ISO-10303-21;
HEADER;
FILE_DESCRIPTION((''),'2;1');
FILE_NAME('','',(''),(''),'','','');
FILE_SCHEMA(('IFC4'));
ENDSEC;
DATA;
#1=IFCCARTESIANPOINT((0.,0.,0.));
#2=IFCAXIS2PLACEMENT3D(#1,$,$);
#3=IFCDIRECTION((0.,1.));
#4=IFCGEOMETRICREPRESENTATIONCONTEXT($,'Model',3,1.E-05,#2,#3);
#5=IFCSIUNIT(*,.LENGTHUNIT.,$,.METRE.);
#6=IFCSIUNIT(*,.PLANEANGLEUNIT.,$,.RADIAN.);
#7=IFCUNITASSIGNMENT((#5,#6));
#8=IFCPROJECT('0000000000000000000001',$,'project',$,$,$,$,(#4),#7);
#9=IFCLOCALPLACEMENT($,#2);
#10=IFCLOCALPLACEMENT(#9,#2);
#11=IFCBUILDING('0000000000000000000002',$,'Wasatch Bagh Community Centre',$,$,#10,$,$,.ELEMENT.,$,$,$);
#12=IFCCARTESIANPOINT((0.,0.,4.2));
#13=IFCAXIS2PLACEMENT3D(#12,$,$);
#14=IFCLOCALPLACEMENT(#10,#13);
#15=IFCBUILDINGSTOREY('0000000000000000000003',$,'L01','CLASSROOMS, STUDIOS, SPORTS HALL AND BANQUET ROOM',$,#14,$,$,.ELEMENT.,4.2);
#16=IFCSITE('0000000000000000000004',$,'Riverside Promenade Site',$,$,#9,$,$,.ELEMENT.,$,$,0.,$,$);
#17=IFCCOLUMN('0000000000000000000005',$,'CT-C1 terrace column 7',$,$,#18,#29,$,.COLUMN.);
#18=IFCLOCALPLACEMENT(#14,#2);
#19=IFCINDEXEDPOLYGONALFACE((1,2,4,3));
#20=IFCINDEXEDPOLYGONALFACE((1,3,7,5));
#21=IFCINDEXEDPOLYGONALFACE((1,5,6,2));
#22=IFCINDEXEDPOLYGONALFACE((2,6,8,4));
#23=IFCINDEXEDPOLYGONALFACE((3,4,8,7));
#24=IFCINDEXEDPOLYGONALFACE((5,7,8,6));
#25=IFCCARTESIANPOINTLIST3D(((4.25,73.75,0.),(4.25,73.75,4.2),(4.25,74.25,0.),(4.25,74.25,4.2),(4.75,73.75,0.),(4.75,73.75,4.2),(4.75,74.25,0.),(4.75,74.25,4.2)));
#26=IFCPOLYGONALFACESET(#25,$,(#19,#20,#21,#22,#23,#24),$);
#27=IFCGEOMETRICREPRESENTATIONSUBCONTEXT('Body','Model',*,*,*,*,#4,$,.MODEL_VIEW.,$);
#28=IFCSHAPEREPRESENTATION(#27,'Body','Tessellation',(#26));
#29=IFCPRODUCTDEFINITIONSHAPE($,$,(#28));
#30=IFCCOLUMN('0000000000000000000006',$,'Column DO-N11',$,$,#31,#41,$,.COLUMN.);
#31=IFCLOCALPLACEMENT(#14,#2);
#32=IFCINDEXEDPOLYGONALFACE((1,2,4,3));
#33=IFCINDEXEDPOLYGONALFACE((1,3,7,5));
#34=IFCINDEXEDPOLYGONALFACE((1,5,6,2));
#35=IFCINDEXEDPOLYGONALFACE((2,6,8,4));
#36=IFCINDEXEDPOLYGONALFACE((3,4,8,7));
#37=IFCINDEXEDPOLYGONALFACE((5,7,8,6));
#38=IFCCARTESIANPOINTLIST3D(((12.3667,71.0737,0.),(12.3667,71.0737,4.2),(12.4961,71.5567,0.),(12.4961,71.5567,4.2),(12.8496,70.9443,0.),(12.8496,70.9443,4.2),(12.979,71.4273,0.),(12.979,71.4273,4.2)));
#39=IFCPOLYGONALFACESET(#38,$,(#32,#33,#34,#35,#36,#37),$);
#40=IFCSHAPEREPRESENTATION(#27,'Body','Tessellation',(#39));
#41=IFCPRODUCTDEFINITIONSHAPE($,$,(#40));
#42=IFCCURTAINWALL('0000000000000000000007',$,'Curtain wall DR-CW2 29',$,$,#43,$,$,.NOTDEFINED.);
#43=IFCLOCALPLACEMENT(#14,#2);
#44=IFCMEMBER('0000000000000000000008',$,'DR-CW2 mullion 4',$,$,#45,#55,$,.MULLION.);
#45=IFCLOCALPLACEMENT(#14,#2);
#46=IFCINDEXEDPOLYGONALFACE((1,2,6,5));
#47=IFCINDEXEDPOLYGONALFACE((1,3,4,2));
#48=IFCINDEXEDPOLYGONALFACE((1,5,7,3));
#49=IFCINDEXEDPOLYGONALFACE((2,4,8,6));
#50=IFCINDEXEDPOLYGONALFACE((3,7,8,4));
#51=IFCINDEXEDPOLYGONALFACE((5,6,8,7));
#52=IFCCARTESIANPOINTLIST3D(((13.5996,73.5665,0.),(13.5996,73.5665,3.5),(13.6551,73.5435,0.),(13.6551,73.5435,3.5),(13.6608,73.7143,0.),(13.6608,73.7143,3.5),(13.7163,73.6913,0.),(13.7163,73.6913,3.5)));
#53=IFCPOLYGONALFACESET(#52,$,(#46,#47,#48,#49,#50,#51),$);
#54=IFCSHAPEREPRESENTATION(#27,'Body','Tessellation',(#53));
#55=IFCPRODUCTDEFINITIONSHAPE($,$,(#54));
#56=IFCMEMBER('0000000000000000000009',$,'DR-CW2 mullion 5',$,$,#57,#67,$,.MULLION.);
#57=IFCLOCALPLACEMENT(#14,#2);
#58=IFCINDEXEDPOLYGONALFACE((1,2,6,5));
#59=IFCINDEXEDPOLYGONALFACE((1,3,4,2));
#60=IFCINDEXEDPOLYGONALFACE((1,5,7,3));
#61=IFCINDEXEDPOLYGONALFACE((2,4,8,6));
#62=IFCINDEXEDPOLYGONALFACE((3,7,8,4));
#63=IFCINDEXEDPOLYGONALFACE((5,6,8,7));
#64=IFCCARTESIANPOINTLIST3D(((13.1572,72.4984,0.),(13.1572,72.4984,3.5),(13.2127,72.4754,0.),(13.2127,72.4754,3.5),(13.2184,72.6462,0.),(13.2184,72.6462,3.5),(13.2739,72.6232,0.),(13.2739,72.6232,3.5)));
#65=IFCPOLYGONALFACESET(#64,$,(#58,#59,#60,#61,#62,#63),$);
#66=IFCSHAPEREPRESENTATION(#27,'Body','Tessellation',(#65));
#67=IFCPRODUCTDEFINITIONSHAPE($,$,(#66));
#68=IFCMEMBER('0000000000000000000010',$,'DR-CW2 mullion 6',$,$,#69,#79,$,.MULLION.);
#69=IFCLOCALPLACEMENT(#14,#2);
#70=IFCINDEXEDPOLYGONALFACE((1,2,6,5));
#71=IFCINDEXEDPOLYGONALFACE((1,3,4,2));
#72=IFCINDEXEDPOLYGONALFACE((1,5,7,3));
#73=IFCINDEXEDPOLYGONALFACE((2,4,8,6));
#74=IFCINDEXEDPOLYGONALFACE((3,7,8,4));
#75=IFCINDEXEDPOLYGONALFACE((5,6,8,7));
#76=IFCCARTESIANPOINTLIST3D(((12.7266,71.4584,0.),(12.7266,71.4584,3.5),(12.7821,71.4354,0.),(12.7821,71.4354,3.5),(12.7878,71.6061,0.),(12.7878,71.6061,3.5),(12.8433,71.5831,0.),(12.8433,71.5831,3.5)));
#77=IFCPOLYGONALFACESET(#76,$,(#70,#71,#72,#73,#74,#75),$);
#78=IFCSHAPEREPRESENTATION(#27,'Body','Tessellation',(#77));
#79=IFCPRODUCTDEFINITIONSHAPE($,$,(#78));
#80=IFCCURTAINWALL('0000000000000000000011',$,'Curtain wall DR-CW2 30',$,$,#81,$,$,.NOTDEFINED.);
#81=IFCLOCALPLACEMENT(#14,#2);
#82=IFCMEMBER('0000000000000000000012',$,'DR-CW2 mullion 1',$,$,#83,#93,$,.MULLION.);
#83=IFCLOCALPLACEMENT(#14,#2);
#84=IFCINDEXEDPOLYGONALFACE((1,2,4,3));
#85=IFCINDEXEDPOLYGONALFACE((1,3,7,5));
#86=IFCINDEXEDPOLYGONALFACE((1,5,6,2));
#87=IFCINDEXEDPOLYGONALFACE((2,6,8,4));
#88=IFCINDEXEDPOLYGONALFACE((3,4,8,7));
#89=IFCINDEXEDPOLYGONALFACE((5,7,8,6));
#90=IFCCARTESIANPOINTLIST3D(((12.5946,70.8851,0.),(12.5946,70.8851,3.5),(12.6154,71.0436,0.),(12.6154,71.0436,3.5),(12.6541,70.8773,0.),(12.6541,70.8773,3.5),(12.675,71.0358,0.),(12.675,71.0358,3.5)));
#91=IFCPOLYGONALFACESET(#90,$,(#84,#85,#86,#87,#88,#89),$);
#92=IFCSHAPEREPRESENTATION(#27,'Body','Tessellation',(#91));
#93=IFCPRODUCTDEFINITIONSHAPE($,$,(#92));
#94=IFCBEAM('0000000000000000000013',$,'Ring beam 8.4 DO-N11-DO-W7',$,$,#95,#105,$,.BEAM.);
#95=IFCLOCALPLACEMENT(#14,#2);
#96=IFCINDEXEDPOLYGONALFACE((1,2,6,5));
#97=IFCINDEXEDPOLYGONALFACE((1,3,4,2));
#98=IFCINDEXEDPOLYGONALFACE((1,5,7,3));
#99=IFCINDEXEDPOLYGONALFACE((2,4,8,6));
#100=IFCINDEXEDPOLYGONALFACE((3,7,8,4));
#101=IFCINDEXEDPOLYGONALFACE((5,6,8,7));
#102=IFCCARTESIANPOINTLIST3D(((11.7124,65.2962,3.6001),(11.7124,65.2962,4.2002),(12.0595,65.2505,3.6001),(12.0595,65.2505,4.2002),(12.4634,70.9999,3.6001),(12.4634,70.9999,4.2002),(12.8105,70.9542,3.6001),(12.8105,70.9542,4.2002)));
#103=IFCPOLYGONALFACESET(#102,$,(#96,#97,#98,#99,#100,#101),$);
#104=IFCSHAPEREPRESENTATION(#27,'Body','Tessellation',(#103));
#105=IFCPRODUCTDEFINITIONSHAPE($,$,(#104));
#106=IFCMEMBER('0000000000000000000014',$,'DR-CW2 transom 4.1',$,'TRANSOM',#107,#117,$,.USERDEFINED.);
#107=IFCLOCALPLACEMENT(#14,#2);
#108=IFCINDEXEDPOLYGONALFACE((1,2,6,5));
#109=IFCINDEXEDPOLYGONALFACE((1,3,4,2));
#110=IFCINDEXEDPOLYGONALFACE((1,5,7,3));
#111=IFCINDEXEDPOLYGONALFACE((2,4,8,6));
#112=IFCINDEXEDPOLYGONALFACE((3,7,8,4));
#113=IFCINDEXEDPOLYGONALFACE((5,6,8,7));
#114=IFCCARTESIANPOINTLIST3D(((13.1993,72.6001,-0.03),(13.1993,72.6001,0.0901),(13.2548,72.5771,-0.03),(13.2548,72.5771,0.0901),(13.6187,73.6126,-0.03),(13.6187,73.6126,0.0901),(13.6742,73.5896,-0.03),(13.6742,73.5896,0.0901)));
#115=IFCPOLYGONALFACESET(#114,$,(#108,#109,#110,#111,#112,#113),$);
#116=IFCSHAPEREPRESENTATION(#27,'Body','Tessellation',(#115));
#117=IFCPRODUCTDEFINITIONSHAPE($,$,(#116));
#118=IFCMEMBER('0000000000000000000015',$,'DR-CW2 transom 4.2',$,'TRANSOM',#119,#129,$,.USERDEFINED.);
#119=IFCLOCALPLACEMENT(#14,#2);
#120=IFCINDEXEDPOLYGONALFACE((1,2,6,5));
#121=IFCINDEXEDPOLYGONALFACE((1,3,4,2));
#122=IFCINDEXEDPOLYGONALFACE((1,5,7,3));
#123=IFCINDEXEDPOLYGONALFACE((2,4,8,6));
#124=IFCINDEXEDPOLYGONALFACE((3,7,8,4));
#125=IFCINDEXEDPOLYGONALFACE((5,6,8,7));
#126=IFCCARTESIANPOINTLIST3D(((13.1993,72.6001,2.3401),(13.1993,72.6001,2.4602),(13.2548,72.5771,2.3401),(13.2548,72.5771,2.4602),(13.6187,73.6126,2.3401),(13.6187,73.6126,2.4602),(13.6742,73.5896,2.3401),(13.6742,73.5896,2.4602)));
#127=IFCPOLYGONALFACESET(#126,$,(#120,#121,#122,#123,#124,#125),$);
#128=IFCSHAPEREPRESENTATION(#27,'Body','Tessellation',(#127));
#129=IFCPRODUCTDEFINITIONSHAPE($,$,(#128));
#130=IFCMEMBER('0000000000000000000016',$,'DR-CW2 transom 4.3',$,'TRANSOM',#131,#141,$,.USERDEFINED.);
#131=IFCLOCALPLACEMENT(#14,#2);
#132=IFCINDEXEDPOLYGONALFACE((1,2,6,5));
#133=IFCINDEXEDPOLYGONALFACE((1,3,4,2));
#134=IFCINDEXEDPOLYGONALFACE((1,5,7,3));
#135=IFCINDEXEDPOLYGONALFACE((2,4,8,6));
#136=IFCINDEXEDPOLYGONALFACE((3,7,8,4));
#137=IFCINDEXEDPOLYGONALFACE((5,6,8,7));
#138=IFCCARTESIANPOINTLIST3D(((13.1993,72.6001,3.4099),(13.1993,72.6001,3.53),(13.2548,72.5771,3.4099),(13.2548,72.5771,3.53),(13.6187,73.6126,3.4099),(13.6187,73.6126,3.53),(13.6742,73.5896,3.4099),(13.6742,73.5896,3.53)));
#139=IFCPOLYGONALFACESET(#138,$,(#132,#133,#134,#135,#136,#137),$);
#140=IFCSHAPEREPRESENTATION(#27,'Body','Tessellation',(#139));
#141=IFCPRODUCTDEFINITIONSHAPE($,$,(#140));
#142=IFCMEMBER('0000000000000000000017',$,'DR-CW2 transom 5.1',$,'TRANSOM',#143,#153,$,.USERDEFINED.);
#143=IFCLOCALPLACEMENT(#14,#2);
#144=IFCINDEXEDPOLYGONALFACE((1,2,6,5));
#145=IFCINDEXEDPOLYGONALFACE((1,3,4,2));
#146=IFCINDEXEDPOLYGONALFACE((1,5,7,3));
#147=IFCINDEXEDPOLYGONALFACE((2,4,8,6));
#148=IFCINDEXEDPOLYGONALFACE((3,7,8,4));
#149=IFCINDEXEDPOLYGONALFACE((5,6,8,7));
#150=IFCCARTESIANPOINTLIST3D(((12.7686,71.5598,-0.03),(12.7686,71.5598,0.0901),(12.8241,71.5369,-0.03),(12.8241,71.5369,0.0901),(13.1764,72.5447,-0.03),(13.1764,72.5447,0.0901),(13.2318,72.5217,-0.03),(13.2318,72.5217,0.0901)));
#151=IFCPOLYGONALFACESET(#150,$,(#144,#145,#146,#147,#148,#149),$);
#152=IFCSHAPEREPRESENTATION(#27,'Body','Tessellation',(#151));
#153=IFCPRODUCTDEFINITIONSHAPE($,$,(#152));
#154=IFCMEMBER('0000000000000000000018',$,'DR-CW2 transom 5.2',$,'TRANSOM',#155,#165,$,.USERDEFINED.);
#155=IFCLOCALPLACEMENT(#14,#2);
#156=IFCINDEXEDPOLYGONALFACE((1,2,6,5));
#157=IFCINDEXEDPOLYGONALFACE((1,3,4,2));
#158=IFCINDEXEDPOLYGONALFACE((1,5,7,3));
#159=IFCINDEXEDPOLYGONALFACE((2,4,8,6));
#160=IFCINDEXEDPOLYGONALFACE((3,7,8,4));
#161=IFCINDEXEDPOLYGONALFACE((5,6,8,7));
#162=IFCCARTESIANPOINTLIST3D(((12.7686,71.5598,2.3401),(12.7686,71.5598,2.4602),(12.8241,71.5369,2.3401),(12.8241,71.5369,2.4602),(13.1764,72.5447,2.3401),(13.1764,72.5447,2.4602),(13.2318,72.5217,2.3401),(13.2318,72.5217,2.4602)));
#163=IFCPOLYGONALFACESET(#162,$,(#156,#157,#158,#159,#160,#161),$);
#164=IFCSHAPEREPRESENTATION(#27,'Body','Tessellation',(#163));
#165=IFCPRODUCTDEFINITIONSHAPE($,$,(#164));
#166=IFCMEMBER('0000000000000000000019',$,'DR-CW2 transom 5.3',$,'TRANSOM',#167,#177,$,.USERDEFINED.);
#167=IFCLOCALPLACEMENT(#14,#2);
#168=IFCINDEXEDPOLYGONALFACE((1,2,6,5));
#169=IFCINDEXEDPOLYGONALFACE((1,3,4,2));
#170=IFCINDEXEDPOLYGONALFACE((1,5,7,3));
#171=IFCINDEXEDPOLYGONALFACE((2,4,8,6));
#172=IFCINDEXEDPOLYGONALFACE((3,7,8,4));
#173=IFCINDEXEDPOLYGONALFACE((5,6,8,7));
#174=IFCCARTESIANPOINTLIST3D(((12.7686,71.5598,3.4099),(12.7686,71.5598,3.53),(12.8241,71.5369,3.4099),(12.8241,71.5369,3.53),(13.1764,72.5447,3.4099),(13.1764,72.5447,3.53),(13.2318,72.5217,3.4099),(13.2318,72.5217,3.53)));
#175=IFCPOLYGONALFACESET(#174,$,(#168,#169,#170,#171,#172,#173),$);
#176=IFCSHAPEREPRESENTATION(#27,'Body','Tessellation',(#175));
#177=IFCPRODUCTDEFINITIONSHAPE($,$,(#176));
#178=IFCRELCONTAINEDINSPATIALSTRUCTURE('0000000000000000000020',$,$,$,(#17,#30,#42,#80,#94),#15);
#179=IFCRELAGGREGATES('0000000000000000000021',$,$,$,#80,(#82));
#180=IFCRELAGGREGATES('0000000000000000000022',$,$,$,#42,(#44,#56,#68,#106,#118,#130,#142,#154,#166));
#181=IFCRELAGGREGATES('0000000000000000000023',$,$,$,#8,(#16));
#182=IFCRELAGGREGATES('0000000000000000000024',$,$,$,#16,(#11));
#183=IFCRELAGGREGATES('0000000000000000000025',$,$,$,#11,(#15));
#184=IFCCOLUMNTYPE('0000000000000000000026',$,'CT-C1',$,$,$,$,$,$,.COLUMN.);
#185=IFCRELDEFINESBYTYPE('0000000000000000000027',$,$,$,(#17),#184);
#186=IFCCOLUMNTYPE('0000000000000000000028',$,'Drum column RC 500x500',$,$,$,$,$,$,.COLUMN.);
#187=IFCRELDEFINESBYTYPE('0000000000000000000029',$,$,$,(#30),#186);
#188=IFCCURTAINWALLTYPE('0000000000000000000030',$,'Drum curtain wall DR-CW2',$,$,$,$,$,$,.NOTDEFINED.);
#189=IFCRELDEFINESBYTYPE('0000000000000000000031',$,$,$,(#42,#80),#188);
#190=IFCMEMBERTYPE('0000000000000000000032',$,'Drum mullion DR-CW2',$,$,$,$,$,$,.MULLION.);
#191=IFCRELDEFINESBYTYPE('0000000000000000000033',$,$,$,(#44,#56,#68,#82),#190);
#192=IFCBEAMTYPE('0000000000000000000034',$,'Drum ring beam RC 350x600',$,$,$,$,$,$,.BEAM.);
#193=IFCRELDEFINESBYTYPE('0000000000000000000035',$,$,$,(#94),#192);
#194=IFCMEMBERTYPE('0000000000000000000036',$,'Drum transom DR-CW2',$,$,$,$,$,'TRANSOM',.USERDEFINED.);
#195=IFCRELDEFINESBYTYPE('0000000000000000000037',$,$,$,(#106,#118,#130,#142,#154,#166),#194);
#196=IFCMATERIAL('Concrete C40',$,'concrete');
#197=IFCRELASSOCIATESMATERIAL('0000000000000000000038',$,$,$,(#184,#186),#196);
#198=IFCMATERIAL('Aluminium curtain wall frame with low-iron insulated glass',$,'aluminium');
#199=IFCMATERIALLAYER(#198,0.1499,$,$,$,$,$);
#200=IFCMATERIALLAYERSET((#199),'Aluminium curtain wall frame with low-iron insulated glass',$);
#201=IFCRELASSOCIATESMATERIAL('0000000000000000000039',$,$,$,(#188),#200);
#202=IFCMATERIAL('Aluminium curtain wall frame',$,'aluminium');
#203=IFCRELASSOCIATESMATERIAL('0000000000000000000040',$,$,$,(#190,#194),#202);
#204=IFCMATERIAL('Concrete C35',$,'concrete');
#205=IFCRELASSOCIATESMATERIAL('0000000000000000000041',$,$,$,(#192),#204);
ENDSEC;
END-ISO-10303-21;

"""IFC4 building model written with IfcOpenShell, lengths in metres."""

from ifc_helpers import new_model, si_unit, direction, frame, origin, origin_2d, place, context, subcontext, project, spatial, rectangle, extrude, material, layer, layer_set, material_profile, profile_set, type_object, element, aggregate, save


model = new_model("IFC4")

# Units and contexts
model_context = context("Model", 3, precision=1e-05, world=origin(), true_north=direction((0.0, 1.0)))
body_context = subcontext(model_context, "Body", "Model", "MODEL_VIEW")
ifc_project = project(units=[si_unit("LENGTHUNIT", "METRE"), si_unit("PLANEANGLEUNIT", "RADIAN")], contexts=[model_context])

# Site, building, storey
site_placement = place(None, origin())
site = spatial("IfcSite", under=ifc_project, at=site_placement, Name="Riverside Promenade Site", CompositionType="ELEMENT", RefElevation=0.0)
building_placement = place(site_placement, origin())
building = spatial("IfcBuilding", under=site, at=building_placement, Name="Wasatch Bagh Community Centre", CompositionType="ELEMENT")
storey_placement = place(building_placement, frame((0.0, 0.0, 4.2)))
storey = spatial("IfcBuildingStorey", under=building, at=storey_placement, Name="L01", Description="CLASSROOMS, STUDIOS, SPORTS HALL AND BANQUET ROOM", CompositionType="ELEMENT", Elevation=4.2)

# Columns
ifc_material_1 = material(Name="Concrete C40", Category="concrete")
ifc_material_profile_1 = material_profile(ifc_material_1, rectangle(XDim=0.5, YDim=0.5, at=origin_2d()), Name="RC 500x500")
ifc_profile_set_1 = profile_set([ifc_material_profile_1], Name="Concrete C40")
column_type_1 = type_object("IfcColumnType", Name="CT-C1", PredefinedType="COLUMN", material=ifc_profile_set_1)
column_1_placement = place(storey_placement, frame((4.5, 74.0, 0.0), z_axis=(0.0, 0.0, 1.0), x_axis=(1.0, 0.0, 0.0)))
element("IfcColumn", 1, at=column_1_placement, inside=storey, type_object=column_type_1, Name="CT-C1 terrace column 7", PredefinedType="COLUMN", context=body_context, shape_type="SweptSolid", body=[
    extrude(rectangle(XDim=0.5, YDim=0.5, at=origin_2d()), origin(), (0.0, 0.0, 1.0), 4.2),
])
ifc_material_profile_2 = material_profile(ifc_material_1, rectangle(XDim=0.5, YDim=0.5, at=origin_2d()), Name="RC 500x500")
ifc_profile_set_2 = profile_set([ifc_material_profile_2], Name="Concrete C40")
column_type_2 = type_object("IfcColumnType", Name="Drum column RC 500x500", PredefinedType="COLUMN", material=ifc_profile_set_2)
column_2_placement = place(storey_placement, frame((12.6729, 71.2505, 0.0), z_axis=(0.0, 0.0, 1.0), x_axis=(0.258819, 0.965926, 0.0)))
element("IfcColumn", 2, at=column_2_placement, inside=storey, type_object=column_type_2, Name="Column DO-N11", PredefinedType="COLUMN", context=body_context, shape_type="SweptSolid", body=[
    extrude(rectangle(XDim=0.5, YDim=0.5, at=origin_2d()), origin(), (0.0, 0.0, 1.0), 4.2),
])

# Curtain wall, members
ifc_material_2 = material(Name="Aluminium curtain wall frame with low-iron insulated glass", Category="aluminium")
ifc_layer_1 = layer(ifc_material_2, 0.1499)
ifc_layer_set_1 = layer_set([ifc_layer_1], Name="Aluminium curtain wall frame with low-iron insulated glass")
curtain_wall_type = type_object("IfcCurtainWallType", Name="Drum curtain wall DR-CW2", PredefinedType="NOTDEFINED", material=ifc_layer_set_1)
curtain_wall_1_placement = place(storey_placement, origin())
curtain_wall_1 = element("IfcCurtainWall", 3, at=curtain_wall_1_placement, inside=storey, type_object=curtain_wall_type, Name="Curtain wall DR-CW2 29", PredefinedType="NOTDEFINED")
ifc_material_3 = material(Name="Aluminium curtain wall frame", Category="aluminium")
ifc_material_profile_3 = material_profile(ifc_material_3, rectangle(XDim=0.0601, YDim=0.1599, at=origin_2d()), Name="Drum mullion DR-CW2")
ifc_profile_set_3 = profile_set([ifc_material_profile_3], Name="Aluminium curtain wall frame")
member_type_1 = type_object("IfcMemberType", Name="Drum mullion DR-CW2", PredefinedType="MULLION", material=ifc_profile_set_3)
member_1_placement = place(storey_placement, frame((13.658, 73.6289, 0.0), z_axis=(0.0, 0.0, 1.0), x_axis=(0.92388, -0.382683, 0.0)))
member_1 = element("IfcMember", 4, at=member_1_placement, type_object=member_type_1, Name="DR-CW2 mullion 4", PredefinedType="MULLION", context=body_context, shape_type="SweptSolid", body=[
    extrude(rectangle(XDim=0.0601, YDim=0.1599, at=origin_2d()), origin(), (0.0, 0.0, 1.0), 3.5),
])
member_2_placement = place(storey_placement, frame((13.2156, 72.5608, 0.0), z_axis=(0.0, 0.0, 1.0), x_axis=(0.92388, -0.382683, 0.0)))
member_2 = element("IfcMember", 5, at=member_2_placement, type_object=member_type_1, Name="DR-CW2 mullion 5", PredefinedType="MULLION", context=body_context, shape_type="SweptSolid", body=[
    extrude(rectangle(XDim=0.0601, YDim=0.1599, at=origin_2d()), origin(), (0.0, 0.0, 1.0), 3.5),
])
member_3_placement = place(storey_placement, frame((12.7849, 71.5208, 0.0), z_axis=(0.0, 0.0, 1.0), x_axis=(0.92388, -0.382683, 0.0)))
member_3 = element("IfcMember", 6, at=member_3_placement, type_object=member_type_1, Name="DR-CW2 mullion 6", PredefinedType="MULLION", context=body_context, shape_type="SweptSolid", body=[
    extrude(rectangle(XDim=0.0601, YDim=0.1599, at=origin_2d()), origin(), (0.0, 0.0, 1.0), 3.5),
])

# Curtain wall, member
curtain_wall_2_placement = place(storey_placement, origin())
curtain_wall_2 = element("IfcCurtainWall", 7, at=curtain_wall_2_placement, inside=storey, type_object=curtain_wall_type, Name="Curtain wall DR-CW2 30", PredefinedType="NOTDEFINED")
member_4_placement = place(storey_placement, frame((12.6348, 70.9604, 0.0), z_axis=(0.0, 0.0, 1.0), x_axis=(0.991445, -0.130526, 0.0)))
member_4 = element("IfcMember", 8, at=member_4_placement, type_object=member_type_1, Name="DR-CW2 mullion 1", PredefinedType="MULLION", context=body_context, shape_type="SweptSolid", body=[
    extrude(rectangle(XDim=0.0601, YDim=0.1599, at=origin_2d()), origin(), (0.0, 0.0, 1.0), 3.5),
])
aggregate(curtain_wall_2, [member_4])

# Beam
ifc_material_4 = material(Name="Concrete C35", Category="concrete")
ifc_material_profile_4 = material_profile(ifc_material_4, rectangle(XDim=0.3501, YDim=0.6001, at=origin_2d()), Name="RC 350x600")
ifc_profile_set_4 = profile_set([ifc_material_profile_4], Name="Concrete C35")
beam_type = type_object("IfcBeamType", Name="Drum ring beam RC 350x600", PredefinedType="BEAM", material=ifc_profile_set_4)
beam_placement = place(storey_placement, frame((12.637, 70.9771, 3.9001), z_axis=(-0.13054, -0.991443, 0.0), x_axis=(0.991443, -0.13054, 0.0)))
element("IfcBeam", 9, at=beam_placement, inside=storey, type_object=beam_type, Name="Ring beam 8.4 DO-N11-DO-W7", PredefinedType="BEAM", context=body_context, shape_type="SweptSolid", body=[
    extrude(rectangle(XDim=0.3501, YDim=0.6001, at=origin_2d()), origin(), (0.0, 0.0, 1.0), 5.7529),
])

# Members
ifc_material_profile_5 = material_profile(ifc_material_3, rectangle(XDim=0.0601, YDim=0.1201, at=origin_2d()), Name="Drum transom DR-CW2")
ifc_profile_set_5 = profile_set([ifc_material_profile_5], Name="Aluminium curtain wall frame")
member_type_2 = type_object("IfcMemberType", Name="Drum transom DR-CW2", ElementType="TRANSOM", PredefinedType="USERDEFINED", material=ifc_profile_set_5)
member_5_placement = place(storey_placement, frame((13.6465, 73.6011, 0.03), z_axis=(-0.382732, -0.923859, 0.0), x_axis=(0.923859, -0.382732, 0.0)))
member_5 = element("IfcMember", 10, at=member_5_placement, type_object=member_type_2, Name="DR-CW2 transom 4.1", ObjectType="TRANSOM", PredefinedType="USERDEFINED", context=body_context, shape_type="SweptSolid", body=[
    extrude(rectangle(XDim=0.0601, YDim=0.1201, at=origin_2d()), origin(), (0.0, 0.0, 1.0), 1.0959),
])
member_6_placement = place(storey_placement, frame((13.6465, 73.6011, 2.4001), z_axis=(-0.382732, -0.923859, 0.0), x_axis=(0.923859, -0.382732, 0.0)))
member_6 = element("IfcMember", 11, at=member_6_placement, type_object=member_type_2, Name="DR-CW2 transom 4.2", ObjectType="TRANSOM", PredefinedType="USERDEFINED", context=body_context, shape_type="SweptSolid", body=[
    extrude(rectangle(XDim=0.0601, YDim=0.1201, at=origin_2d()), origin(), (0.0, 0.0, 1.0), 1.0959),
])
member_7_placement = place(storey_placement, frame((13.6465, 73.6011, 3.47), z_axis=(-0.382732, -0.923859, 0.0), x_axis=(0.923859, -0.382732, 0.0)))
member_7 = element("IfcMember", 12, at=member_7_placement, type_object=member_type_2, Name="DR-CW2 transom 4.3", ObjectType="TRANSOM", PredefinedType="USERDEFINED", context=body_context, shape_type="SweptSolid", body=[
    extrude(rectangle(XDim=0.0601, YDim=0.1201, at=origin_2d()), origin(), (0.0, 0.0, 1.0), 1.0959),
])
member_8_placement = place(storey_placement, frame((13.2041, 72.5332, 0.03), z_axis=(-0.3825, -0.923955, 0.0), x_axis=(0.923955, -0.3825, 0.0)))
member_8 = element("IfcMember", 13, at=member_8_placement, type_object=member_type_2, Name="DR-CW2 transom 5.1", ObjectType="TRANSOM", PredefinedType="USERDEFINED", context=body_context, shape_type="SweptSolid", body=[
    extrude(rectangle(XDim=0.0601, YDim=0.1201, at=origin_2d()), origin(), (0.0, 0.0, 1.0), 1.0659),
])
member_9_placement = place(storey_placement, frame((13.2041, 72.5332, 2.4001), z_axis=(-0.3825, -0.923955, 0.0), x_axis=(0.923955, -0.3825, 0.0)))
member_9 = element("IfcMember", 14, at=member_9_placement, type_object=member_type_2, Name="DR-CW2 transom 5.2", ObjectType="TRANSOM", PredefinedType="USERDEFINED", context=body_context, shape_type="SweptSolid", body=[
    extrude(rectangle(XDim=0.0601, YDim=0.1201, at=origin_2d()), origin(), (0.0, 0.0, 1.0), 1.0659),
])
member_10_placement = place(storey_placement, frame((13.2041, 72.5332, 3.47), z_axis=(-0.3825, -0.923955, 0.0), x_axis=(0.923955, -0.3825, 0.0)))
member_10 = element("IfcMember", 15, at=member_10_placement, type_object=member_type_2, Name="DR-CW2 transom 5.3", ObjectType="TRANSOM", PredefinedType="USERDEFINED", context=body_context, shape_type="SweptSolid", body=[
    extrude(rectangle(XDim=0.0601, YDim=0.1201, at=origin_2d()), origin(), (0.0, 0.0, 1.0), 1.0659),
])

aggregate(curtain_wall_1, [member_1, member_2, member_3, member_5, member_6, member_7, member_8, member_9, member_10])

save(model, "model.ifc")
